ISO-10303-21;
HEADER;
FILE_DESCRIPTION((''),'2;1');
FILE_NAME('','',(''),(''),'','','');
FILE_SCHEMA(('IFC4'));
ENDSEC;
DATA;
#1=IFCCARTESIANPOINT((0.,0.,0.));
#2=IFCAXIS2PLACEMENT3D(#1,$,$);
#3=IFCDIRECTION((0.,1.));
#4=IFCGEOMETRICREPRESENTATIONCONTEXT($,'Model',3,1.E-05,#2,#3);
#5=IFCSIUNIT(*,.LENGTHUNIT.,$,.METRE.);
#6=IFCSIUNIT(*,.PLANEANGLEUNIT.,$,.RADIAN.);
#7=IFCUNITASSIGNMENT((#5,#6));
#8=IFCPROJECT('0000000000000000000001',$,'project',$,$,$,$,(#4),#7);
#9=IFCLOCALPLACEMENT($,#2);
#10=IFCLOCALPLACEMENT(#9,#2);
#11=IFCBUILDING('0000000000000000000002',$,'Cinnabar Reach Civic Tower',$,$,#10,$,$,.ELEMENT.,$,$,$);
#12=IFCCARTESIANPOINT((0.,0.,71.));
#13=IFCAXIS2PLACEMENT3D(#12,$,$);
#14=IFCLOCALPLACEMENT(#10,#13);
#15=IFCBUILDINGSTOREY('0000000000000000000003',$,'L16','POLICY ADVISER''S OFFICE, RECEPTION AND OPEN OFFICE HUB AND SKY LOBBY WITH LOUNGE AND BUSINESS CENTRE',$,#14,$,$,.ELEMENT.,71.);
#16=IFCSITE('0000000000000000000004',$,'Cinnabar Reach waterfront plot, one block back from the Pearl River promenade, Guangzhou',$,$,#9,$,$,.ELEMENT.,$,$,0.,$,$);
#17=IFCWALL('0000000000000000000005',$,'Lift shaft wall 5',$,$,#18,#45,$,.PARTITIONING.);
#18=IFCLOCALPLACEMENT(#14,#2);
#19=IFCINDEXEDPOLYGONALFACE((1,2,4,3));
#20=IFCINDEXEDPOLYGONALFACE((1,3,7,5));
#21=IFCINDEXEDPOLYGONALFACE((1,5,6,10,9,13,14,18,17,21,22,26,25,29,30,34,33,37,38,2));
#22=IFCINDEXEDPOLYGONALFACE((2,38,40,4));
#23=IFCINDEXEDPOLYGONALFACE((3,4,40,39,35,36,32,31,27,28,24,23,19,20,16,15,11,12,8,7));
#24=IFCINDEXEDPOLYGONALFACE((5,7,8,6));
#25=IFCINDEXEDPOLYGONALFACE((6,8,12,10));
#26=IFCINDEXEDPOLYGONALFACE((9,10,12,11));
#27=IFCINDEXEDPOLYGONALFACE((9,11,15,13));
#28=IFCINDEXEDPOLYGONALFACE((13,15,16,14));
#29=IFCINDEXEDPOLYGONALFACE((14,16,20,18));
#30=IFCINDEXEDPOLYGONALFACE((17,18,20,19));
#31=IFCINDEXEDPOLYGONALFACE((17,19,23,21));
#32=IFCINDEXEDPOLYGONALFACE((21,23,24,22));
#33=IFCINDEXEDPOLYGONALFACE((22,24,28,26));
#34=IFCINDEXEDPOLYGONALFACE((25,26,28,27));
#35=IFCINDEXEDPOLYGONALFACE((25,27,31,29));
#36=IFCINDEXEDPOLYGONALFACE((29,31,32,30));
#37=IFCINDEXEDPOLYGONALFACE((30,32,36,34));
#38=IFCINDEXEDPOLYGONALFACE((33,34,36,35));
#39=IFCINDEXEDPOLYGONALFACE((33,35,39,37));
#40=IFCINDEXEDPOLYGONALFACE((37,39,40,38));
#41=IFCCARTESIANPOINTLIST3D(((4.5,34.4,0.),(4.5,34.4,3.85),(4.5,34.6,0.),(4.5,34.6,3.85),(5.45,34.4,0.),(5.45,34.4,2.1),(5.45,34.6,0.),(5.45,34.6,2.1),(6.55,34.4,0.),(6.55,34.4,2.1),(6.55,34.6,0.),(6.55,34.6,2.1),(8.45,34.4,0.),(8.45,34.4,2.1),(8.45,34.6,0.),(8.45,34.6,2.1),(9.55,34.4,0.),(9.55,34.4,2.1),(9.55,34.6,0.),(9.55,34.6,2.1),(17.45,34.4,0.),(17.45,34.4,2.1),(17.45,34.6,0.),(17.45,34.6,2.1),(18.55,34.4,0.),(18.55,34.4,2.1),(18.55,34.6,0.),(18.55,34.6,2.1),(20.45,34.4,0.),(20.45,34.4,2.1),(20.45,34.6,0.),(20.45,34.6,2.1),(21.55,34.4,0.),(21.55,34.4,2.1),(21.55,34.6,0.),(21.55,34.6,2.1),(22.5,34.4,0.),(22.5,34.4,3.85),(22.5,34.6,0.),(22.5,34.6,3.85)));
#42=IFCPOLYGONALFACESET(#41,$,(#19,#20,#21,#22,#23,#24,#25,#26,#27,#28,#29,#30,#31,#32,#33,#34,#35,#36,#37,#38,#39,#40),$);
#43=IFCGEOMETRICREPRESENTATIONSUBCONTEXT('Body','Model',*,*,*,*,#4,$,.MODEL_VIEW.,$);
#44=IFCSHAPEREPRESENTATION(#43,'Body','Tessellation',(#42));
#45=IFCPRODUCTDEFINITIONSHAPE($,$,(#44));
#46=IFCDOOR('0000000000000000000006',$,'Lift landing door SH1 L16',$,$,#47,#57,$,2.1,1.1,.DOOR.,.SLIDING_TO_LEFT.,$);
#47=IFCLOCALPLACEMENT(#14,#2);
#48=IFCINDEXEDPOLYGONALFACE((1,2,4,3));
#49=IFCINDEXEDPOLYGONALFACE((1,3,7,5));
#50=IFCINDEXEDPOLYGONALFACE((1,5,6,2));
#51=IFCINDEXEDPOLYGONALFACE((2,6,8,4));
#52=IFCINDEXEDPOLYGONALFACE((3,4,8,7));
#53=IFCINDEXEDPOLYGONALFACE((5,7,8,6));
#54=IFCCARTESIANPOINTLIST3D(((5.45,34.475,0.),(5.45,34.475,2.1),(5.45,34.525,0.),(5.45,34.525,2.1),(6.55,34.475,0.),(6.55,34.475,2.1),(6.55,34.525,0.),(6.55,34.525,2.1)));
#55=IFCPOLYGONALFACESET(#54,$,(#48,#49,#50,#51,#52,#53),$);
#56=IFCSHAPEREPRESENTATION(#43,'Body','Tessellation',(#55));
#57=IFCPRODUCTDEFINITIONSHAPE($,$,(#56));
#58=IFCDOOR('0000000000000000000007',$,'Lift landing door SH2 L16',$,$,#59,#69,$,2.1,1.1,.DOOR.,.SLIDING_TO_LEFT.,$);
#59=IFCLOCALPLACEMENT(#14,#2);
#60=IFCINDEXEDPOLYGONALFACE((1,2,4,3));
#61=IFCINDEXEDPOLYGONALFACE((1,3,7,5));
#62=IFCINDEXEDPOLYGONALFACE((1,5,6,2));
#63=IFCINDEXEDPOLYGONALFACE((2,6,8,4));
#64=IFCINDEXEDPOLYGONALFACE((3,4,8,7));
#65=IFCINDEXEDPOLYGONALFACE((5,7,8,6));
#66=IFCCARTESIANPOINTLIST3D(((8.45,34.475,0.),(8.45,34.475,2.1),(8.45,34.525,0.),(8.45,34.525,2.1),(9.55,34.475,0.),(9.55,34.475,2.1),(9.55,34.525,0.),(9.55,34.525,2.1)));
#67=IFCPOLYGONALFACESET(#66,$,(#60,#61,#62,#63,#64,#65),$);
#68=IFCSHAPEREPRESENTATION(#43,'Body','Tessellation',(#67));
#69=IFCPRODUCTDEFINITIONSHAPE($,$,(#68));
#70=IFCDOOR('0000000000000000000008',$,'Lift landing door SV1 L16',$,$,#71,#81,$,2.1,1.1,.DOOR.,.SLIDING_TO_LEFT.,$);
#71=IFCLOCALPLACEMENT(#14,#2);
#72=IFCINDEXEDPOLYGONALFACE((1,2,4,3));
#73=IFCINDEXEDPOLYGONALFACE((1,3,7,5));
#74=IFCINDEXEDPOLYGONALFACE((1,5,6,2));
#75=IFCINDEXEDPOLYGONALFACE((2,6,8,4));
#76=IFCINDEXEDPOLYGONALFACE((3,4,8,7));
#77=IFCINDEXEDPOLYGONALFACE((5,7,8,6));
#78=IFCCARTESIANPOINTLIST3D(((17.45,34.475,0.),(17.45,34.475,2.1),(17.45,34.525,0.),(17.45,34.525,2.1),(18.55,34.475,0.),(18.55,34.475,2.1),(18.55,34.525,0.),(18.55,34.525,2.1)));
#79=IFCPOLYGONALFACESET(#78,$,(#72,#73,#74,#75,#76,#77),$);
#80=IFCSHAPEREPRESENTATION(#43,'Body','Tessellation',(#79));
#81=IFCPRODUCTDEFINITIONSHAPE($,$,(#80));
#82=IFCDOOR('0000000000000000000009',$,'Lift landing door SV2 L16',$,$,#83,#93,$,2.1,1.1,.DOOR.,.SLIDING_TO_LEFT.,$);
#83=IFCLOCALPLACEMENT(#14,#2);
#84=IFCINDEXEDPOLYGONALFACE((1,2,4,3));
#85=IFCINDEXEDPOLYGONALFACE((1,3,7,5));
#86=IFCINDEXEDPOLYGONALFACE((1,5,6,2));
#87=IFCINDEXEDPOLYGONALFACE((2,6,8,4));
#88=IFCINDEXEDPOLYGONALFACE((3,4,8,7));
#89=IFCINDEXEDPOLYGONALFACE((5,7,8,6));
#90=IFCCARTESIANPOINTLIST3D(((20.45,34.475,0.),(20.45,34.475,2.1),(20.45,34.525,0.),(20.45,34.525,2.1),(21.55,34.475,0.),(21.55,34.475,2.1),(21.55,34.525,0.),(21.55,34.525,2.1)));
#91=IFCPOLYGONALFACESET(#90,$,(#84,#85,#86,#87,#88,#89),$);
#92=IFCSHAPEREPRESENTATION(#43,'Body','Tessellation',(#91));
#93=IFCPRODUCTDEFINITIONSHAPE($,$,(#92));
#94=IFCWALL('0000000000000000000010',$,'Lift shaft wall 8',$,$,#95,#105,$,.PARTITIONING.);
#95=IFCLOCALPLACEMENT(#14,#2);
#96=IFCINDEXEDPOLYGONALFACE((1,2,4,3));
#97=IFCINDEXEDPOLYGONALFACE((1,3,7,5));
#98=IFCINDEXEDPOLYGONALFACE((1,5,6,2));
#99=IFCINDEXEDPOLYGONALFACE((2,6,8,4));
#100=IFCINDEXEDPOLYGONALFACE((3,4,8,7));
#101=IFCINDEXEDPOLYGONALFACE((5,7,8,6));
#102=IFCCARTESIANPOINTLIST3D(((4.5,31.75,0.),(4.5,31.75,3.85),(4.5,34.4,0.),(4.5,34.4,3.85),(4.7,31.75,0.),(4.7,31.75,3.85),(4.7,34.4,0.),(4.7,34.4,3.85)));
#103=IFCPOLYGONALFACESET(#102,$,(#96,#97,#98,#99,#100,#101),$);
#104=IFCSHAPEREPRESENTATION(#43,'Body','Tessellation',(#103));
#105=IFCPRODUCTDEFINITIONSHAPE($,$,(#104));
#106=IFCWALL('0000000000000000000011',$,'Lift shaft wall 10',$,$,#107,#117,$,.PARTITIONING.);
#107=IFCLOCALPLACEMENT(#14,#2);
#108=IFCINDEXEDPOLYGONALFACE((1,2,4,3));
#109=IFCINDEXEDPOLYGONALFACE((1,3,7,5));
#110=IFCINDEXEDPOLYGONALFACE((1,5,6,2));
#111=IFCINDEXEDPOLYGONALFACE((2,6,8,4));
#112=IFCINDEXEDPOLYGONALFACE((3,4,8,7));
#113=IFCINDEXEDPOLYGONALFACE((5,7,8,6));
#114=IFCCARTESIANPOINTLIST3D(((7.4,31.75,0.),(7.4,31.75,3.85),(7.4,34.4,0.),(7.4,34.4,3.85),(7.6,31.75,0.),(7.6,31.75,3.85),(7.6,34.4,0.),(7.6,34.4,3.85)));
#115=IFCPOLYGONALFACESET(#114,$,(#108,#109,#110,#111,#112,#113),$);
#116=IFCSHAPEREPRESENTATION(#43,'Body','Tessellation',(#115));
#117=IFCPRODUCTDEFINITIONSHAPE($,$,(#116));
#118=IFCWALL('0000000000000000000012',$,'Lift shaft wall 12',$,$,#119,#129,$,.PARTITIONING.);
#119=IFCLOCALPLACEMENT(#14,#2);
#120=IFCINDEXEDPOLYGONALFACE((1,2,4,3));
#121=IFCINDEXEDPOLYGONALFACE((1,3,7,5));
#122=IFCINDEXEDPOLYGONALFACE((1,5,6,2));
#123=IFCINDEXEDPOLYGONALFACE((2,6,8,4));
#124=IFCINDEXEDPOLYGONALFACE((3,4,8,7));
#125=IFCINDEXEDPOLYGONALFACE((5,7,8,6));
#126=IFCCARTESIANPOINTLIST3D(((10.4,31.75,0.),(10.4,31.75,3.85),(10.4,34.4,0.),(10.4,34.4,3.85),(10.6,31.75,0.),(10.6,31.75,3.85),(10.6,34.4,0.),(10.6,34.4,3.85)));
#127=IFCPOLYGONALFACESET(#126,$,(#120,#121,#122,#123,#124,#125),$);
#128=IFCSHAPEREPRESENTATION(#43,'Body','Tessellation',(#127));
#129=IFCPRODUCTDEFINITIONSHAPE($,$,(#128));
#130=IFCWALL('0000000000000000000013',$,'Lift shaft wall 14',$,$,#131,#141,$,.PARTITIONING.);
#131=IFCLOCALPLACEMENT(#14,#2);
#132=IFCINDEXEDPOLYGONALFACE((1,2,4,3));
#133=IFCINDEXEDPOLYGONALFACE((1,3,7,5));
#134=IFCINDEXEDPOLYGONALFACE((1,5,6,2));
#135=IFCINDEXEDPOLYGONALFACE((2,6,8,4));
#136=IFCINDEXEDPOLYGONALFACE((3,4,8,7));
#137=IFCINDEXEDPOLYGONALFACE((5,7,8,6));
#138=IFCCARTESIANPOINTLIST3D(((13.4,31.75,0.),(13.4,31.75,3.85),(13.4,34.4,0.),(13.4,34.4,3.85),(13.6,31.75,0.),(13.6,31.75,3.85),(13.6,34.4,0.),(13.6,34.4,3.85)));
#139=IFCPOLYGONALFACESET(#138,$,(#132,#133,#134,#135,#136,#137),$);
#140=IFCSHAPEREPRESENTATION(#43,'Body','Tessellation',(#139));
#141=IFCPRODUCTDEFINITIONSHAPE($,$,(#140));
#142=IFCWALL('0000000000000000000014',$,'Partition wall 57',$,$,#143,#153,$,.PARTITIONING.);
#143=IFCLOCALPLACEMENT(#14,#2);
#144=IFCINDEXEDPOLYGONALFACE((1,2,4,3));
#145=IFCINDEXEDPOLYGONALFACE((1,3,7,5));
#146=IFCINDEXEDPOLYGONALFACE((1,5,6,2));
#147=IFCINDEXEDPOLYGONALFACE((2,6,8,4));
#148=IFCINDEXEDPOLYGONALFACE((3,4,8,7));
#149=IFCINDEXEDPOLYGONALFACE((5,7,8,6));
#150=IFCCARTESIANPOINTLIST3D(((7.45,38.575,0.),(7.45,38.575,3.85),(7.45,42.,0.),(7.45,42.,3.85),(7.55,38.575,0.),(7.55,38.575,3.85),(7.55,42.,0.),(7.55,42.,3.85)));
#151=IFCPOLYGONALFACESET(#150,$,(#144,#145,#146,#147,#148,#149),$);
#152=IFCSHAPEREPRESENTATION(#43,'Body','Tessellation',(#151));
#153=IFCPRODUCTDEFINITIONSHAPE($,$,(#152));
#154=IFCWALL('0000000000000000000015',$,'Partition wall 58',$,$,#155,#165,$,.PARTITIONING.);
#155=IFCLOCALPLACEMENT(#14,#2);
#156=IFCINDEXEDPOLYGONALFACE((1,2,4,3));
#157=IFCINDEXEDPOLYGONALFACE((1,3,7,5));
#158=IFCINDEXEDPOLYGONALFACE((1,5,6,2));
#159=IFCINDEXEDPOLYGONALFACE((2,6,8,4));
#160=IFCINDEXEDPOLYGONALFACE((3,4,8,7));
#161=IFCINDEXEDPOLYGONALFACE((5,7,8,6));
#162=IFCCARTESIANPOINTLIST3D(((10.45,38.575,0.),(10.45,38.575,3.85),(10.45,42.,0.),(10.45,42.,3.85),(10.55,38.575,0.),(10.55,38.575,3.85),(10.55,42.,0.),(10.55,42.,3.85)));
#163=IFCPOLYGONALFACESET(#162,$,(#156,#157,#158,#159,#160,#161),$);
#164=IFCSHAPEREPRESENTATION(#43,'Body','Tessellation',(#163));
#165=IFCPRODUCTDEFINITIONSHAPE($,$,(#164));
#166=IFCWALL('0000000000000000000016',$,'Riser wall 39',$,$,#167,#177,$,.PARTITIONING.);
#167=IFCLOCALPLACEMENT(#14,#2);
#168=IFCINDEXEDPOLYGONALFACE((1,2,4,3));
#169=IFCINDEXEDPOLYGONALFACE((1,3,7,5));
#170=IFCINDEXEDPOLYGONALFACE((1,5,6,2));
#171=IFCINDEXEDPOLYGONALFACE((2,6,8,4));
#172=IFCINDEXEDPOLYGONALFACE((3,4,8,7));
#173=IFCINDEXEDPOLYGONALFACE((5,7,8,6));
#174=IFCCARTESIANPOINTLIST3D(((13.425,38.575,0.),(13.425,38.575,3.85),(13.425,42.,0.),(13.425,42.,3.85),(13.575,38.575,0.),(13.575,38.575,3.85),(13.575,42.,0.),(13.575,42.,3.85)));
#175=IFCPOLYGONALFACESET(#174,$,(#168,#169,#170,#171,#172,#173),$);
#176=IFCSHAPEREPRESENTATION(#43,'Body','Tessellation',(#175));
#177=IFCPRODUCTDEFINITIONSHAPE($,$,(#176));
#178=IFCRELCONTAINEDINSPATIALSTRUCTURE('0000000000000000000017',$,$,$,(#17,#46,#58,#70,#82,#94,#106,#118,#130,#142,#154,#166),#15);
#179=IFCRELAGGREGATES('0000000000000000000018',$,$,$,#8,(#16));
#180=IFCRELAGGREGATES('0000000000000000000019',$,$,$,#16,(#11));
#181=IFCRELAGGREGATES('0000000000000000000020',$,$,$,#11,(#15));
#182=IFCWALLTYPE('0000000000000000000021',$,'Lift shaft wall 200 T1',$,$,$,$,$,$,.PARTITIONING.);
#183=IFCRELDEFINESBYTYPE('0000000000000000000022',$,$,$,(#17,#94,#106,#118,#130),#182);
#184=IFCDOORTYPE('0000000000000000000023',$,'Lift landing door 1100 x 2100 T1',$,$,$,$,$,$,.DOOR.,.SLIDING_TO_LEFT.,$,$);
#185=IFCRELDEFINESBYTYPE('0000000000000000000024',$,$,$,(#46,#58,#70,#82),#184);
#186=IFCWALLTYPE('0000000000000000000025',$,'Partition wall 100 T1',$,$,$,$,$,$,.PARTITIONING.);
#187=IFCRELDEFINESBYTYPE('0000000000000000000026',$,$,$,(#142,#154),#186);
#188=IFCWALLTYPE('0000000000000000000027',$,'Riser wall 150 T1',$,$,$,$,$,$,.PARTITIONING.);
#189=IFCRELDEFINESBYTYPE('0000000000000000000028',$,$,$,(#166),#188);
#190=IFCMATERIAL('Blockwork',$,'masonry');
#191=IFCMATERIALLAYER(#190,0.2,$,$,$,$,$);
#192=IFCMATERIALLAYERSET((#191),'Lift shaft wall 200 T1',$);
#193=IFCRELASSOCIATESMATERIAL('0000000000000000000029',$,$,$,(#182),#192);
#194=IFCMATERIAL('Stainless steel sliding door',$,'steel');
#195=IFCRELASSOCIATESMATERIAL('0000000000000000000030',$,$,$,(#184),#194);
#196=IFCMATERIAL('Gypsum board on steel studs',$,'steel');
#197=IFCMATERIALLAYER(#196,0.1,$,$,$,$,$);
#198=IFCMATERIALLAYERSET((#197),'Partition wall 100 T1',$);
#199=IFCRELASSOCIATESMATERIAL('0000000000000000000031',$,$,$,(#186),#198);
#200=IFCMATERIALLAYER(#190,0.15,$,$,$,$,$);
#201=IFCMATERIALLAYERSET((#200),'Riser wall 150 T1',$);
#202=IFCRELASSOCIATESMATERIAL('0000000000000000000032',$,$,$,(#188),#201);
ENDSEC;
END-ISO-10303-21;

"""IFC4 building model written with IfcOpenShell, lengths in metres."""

from ifc_helpers import new_model, si_unit, direction, frame, frame_2d, origin, place, context, subcontext, project, spatial, rectangle, extrude, material, layer, layer_set, type_object, element, fill, save


model = new_model("IFC4")

# Units and contexts
model_context = context("Model", 3, precision=1e-05, world=origin(), true_north=direction((0.0, 1.0)))
body_context = subcontext(model_context, "Body", "Model", "MODEL_VIEW")
ifc_project = project(units=[si_unit("LENGTHUNIT", "METRE"), si_unit("PLANEANGLEUNIT", "RADIAN")], contexts=[model_context])

# Site, building, storey
site_placement = place(None, origin())
site = spatial("IfcSite", under=ifc_project, at=site_placement, Name="Cinnabar Reach waterfront plot, one block back from the Pearl River promenade, Guangzhou", CompositionType="ELEMENT", RefElevation=0.0)
building_placement = place(site_placement, origin())
building = spatial("IfcBuilding", under=site, at=building_placement, Name="Cinnabar Reach Civic Tower", CompositionType="ELEMENT")
storey_placement = place(building_placement, frame((0.0, 0.0, 71.0)))
storey = spatial("IfcBuildingStorey", under=building, at=storey_placement, Name="L16", Description="POLICY ADVISER'S OFFICE, RECEPTION AND OPEN OFFICE HUB AND SKY LOBBY WITH LOUNGE AND BUSINESS CENTRE", CompositionType="ELEMENT", Elevation=71.0)

# Wall, openings, doors
ifc_material_1 = material(Name="Blockwork", Category="masonry")
ifc_layer_1 = layer(ifc_material_1, 0.2)
ifc_layer_set_1 = layer_set([ifc_layer_1], Name="Lift shaft wall 200 T1")
wall_type_1 = type_object("IfcWallType", Name="Lift shaft wall 200 T1", PredefinedType="PARTITIONING", material=ifc_layer_set_1)
wall_1_placement = place(storey_placement, frame((4.5, 34.5, 0.0), z_axis=(0.0, 0.0, 1.0), x_axis=(1.0, 0.0, 0.0)))
wall_1 = element("IfcWall", 1, at=wall_1_placement, inside=storey, type_object=wall_type_1, Name="Lift shaft wall 5", PredefinedType="PARTITIONING", context=body_context, shape_type="SweptSolid", body=[
    extrude(rectangle(XDim=18.0, YDim=0.2, at=frame_2d((9.0, 0.0))), origin(), (0.0, 0.0, 1.0), 3.85),
])
opening_1_placement = place(wall_1_placement, frame((0.95, 0.0, 0.0)))
opening_1 = element("IfcOpeningElement", 2, at=opening_1_placement, cuts=wall_1, PredefinedType="OPENING", context=body_context, shape_type="SweptSolid", body=[
    extrude(rectangle(XDim=1.1, YDim=2.1, at=frame_2d((0.55, 1.05))), frame((0.0, 0.11, 0.0), z_axis=(0.0, -1.0, 0.0), x_axis=(1.0, 0.0, 0.0)), (0.0, 0.0, 1.0), 0.22),
])
opening_2_placement = place(wall_1_placement, frame((3.95, 0.0, 0.0)))
opening_2 = element("IfcOpeningElement", 3, at=opening_2_placement, cuts=wall_1, PredefinedType="OPENING", context=body_context, shape_type="SweptSolid", body=[
    extrude(rectangle(XDim=1.1, YDim=2.1, at=frame_2d((0.55, 1.05))), frame((0.0, 0.11, 0.0), z_axis=(0.0, -1.0, 0.0), x_axis=(1.0, 0.0, 0.0)), (0.0, 0.0, 1.0), 0.22),
])
opening_3_placement = place(wall_1_placement, frame((12.95, 0.0, 0.0)))
opening_3 = element("IfcOpeningElement", 4, at=opening_3_placement, cuts=wall_1, PredefinedType="OPENING", context=body_context, shape_type="SweptSolid", body=[
    extrude(rectangle(XDim=1.1, YDim=2.1, at=frame_2d((0.55, 1.05))), frame((0.0, 0.11, 0.0), z_axis=(0.0, -1.0, 0.0), x_axis=(1.0, 0.0, 0.0)), (0.0, 0.0, 1.0), 0.22),
])
opening_4_placement = place(wall_1_placement, frame((15.95, 0.0, 0.0)))
opening_4 = element("IfcOpeningElement", 5, at=opening_4_placement, cuts=wall_1, PredefinedType="OPENING", context=body_context, shape_type="SweptSolid", body=[
    extrude(rectangle(XDim=1.1, YDim=2.1, at=frame_2d((0.55, 1.05))), frame((0.0, 0.11, 0.0), z_axis=(0.0, -1.0, 0.0), x_axis=(1.0, 0.0, 0.0)), (0.0, 0.0, 1.0), 0.22),
])
ifc_material_2 = material(Name="Stainless steel sliding door", Category="steel")
door_type_1 = type_object("IfcDoorType", Name="Lift landing door 1100 x 2100 T1", OperationType="SLIDING_TO_LEFT", PredefinedType="DOOR", material=ifc_material_2)
door_1_placement = place(opening_1_placement, origin())
door_1 = element("IfcDoor", 6, at=door_1_placement, inside=storey, type_object=door_type_1, Name="Lift landing door SH1 L16", OperationType="SLIDING_TO_LEFT", OverallHeight=2.1, OverallWidth=1.1, PredefinedType="DOOR", context=body_context, shape_type="SweptSolid", body=[
    extrude(rectangle(XDim=1.1, YDim=2.1, at=frame_2d((0.55, 1.05))), frame((0.0, 0.025, 0.0), z_axis=(0.0, -1.0, 0.0), x_axis=(1.0, 0.0, 0.0)), (0.0, 0.0, 1.0), 0.05),
])
fill(opening_1, door_1)
door_2_placement = place(opening_2_placement, origin())
door_2 = element("IfcDoor", 7, at=door_2_placement, inside=storey, type_object=door_type_1, Name="Lift landing door SH2 L16", OperationType="SLIDING_TO_LEFT", OverallHeight=2.1, OverallWidth=1.1, PredefinedType="DOOR", context=body_context, shape_type="SweptSolid", body=[
    extrude(rectangle(XDim=1.1, YDim=2.1, at=frame_2d((0.55, 1.05))), frame((0.0, 0.025, 0.0), z_axis=(0.0, -1.0, 0.0), x_axis=(1.0, 0.0, 0.0)), (0.0, 0.0, 1.0), 0.05),
])
fill(opening_2, door_2)
door_3_placement = place(opening_3_placement, origin())
door_3 = element("IfcDoor", 8, at=door_3_placement, inside=storey, type_object=door_type_1, Name="Lift landing door SV1 L16", OperationType="SLIDING_TO_LEFT", OverallHeight=2.1, OverallWidth=1.1, PredefinedType="DOOR", context=body_context, shape_type="SweptSolid", body=[
    extrude(rectangle(XDim=1.1, YDim=2.1, at=frame_2d((0.55, 1.05))), frame((0.0, 0.025, 0.0), z_axis=(0.0, -1.0, 0.0), x_axis=(1.0, 0.0, 0.0)), (0.0, 0.0, 1.0), 0.05),
])
fill(opening_3, door_3)
door_4_placement = place(opening_4_placement, origin())
door_4 = element("IfcDoor", 9, at=door_4_placement, inside=storey, type_object=door_type_1, Name="Lift landing door SV2 L16", OperationType="SLIDING_TO_LEFT", OverallHeight=2.1, OverallWidth=1.1, PredefinedType="DOOR", context=body_context, shape_type="SweptSolid", body=[
    extrude(rectangle(XDim=1.1, YDim=2.1, at=frame_2d((0.55, 1.05))), frame((0.0, 0.025, 0.0), z_axis=(0.0, -1.0, 0.0), x_axis=(1.0, 0.0, 0.0)), (0.0, 0.0, 1.0), 0.05),
])
fill(opening_4, door_4)

# Walls
for number, where, z_axis, x_axis, name in (
    (10, (4.6, 31.75, 0.0), (0.0, 0.0, 1.0), (0.0, 1.0, 0.0), "Lift shaft wall 8"),
    (11, (7.5, 31.75, 0.0), (0.0, 0.0, 1.0), (0.0, 1.0, 0.0), "Lift shaft wall 10"),
    (12, (10.5, 31.75, 0.0), (0.0, 0.0, 1.0), (0.0, 1.0, 0.0), "Lift shaft wall 12"),
    (13, (13.5, 31.75, 0.0), (0.0, 0.0, 1.0), (0.0, 1.0, 0.0), "Lift shaft wall 14"),
):
    element("IfcWall", number, at=place(storey_placement, frame(where, z_axis=z_axis, x_axis=x_axis)), inside=storey, type_object=wall_type_1, Name=name, PredefinedType="PARTITIONING", context=body_context, shape_type="SweptSolid", body=[
        extrude(rectangle(XDim=2.65, YDim=0.2, at=frame_2d((1.325, 0.0))), origin(), (0.0, 0.0, 1.0), 3.85),
    ])
ifc_material_3 = material(Name="Gypsum board on steel studs", Category="steel")
ifc_layer_2 = layer(ifc_material_3, 0.1)
ifc_layer_set_2 = layer_set([ifc_layer_2], Name="Partition wall 100 T1")
wall_type_2 = type_object("IfcWallType", Name="Partition wall 100 T1", PredefinedType="PARTITIONING", material=ifc_layer_set_2)
for number, where, z_axis, x_axis, name in (
    (14, (7.5, 38.575, 0.0), (0.0, 0.0, 1.0), (0.0, 1.0, 0.0), "Partition wall 57"),
    (15, (10.5, 38.575, 0.0), (0.0, 0.0, 1.0), (0.0, 1.0, 0.0), "Partition wall 58"),
):
    element("IfcWall", number, at=place(storey_placement, frame(where, z_axis=z_axis, x_axis=x_axis)), inside=storey, type_object=wall_type_2, Name=name, PredefinedType="PARTITIONING", context=body_context, shape_type="SweptSolid", body=[
        extrude(rectangle(XDim=3.425, YDim=0.1, at=frame_2d((1.7125, 0.0))), origin(), (0.0, 0.0, 1.0), 3.85),
    ])
ifc_layer_3 = layer(ifc_material_1, 0.15)
ifc_layer_set_3 = layer_set([ifc_layer_3], Name="Riser wall 150 T1")
wall_type_3 = type_object("IfcWallType", Name="Riser wall 150 T1", PredefinedType="PARTITIONING", material=ifc_layer_set_3)
wall_2_placement = place(storey_placement, frame((13.5, 38.575, 0.0), z_axis=(0.0, 0.0, 1.0), x_axis=(0.0, 1.0, 0.0)))
element("IfcWall", 16, at=wall_2_placement, inside=storey, type_object=wall_type_3, Name="Riser wall 39", PredefinedType="PARTITIONING", context=body_context, shape_type="SweptSolid", body=[
    extrude(rectangle(XDim=3.425, YDim=0.15, at=frame_2d((1.7125, 0.0))), origin(), (0.0, 0.0, 1.0), 3.85),
])

save(model, "model.ifc")
